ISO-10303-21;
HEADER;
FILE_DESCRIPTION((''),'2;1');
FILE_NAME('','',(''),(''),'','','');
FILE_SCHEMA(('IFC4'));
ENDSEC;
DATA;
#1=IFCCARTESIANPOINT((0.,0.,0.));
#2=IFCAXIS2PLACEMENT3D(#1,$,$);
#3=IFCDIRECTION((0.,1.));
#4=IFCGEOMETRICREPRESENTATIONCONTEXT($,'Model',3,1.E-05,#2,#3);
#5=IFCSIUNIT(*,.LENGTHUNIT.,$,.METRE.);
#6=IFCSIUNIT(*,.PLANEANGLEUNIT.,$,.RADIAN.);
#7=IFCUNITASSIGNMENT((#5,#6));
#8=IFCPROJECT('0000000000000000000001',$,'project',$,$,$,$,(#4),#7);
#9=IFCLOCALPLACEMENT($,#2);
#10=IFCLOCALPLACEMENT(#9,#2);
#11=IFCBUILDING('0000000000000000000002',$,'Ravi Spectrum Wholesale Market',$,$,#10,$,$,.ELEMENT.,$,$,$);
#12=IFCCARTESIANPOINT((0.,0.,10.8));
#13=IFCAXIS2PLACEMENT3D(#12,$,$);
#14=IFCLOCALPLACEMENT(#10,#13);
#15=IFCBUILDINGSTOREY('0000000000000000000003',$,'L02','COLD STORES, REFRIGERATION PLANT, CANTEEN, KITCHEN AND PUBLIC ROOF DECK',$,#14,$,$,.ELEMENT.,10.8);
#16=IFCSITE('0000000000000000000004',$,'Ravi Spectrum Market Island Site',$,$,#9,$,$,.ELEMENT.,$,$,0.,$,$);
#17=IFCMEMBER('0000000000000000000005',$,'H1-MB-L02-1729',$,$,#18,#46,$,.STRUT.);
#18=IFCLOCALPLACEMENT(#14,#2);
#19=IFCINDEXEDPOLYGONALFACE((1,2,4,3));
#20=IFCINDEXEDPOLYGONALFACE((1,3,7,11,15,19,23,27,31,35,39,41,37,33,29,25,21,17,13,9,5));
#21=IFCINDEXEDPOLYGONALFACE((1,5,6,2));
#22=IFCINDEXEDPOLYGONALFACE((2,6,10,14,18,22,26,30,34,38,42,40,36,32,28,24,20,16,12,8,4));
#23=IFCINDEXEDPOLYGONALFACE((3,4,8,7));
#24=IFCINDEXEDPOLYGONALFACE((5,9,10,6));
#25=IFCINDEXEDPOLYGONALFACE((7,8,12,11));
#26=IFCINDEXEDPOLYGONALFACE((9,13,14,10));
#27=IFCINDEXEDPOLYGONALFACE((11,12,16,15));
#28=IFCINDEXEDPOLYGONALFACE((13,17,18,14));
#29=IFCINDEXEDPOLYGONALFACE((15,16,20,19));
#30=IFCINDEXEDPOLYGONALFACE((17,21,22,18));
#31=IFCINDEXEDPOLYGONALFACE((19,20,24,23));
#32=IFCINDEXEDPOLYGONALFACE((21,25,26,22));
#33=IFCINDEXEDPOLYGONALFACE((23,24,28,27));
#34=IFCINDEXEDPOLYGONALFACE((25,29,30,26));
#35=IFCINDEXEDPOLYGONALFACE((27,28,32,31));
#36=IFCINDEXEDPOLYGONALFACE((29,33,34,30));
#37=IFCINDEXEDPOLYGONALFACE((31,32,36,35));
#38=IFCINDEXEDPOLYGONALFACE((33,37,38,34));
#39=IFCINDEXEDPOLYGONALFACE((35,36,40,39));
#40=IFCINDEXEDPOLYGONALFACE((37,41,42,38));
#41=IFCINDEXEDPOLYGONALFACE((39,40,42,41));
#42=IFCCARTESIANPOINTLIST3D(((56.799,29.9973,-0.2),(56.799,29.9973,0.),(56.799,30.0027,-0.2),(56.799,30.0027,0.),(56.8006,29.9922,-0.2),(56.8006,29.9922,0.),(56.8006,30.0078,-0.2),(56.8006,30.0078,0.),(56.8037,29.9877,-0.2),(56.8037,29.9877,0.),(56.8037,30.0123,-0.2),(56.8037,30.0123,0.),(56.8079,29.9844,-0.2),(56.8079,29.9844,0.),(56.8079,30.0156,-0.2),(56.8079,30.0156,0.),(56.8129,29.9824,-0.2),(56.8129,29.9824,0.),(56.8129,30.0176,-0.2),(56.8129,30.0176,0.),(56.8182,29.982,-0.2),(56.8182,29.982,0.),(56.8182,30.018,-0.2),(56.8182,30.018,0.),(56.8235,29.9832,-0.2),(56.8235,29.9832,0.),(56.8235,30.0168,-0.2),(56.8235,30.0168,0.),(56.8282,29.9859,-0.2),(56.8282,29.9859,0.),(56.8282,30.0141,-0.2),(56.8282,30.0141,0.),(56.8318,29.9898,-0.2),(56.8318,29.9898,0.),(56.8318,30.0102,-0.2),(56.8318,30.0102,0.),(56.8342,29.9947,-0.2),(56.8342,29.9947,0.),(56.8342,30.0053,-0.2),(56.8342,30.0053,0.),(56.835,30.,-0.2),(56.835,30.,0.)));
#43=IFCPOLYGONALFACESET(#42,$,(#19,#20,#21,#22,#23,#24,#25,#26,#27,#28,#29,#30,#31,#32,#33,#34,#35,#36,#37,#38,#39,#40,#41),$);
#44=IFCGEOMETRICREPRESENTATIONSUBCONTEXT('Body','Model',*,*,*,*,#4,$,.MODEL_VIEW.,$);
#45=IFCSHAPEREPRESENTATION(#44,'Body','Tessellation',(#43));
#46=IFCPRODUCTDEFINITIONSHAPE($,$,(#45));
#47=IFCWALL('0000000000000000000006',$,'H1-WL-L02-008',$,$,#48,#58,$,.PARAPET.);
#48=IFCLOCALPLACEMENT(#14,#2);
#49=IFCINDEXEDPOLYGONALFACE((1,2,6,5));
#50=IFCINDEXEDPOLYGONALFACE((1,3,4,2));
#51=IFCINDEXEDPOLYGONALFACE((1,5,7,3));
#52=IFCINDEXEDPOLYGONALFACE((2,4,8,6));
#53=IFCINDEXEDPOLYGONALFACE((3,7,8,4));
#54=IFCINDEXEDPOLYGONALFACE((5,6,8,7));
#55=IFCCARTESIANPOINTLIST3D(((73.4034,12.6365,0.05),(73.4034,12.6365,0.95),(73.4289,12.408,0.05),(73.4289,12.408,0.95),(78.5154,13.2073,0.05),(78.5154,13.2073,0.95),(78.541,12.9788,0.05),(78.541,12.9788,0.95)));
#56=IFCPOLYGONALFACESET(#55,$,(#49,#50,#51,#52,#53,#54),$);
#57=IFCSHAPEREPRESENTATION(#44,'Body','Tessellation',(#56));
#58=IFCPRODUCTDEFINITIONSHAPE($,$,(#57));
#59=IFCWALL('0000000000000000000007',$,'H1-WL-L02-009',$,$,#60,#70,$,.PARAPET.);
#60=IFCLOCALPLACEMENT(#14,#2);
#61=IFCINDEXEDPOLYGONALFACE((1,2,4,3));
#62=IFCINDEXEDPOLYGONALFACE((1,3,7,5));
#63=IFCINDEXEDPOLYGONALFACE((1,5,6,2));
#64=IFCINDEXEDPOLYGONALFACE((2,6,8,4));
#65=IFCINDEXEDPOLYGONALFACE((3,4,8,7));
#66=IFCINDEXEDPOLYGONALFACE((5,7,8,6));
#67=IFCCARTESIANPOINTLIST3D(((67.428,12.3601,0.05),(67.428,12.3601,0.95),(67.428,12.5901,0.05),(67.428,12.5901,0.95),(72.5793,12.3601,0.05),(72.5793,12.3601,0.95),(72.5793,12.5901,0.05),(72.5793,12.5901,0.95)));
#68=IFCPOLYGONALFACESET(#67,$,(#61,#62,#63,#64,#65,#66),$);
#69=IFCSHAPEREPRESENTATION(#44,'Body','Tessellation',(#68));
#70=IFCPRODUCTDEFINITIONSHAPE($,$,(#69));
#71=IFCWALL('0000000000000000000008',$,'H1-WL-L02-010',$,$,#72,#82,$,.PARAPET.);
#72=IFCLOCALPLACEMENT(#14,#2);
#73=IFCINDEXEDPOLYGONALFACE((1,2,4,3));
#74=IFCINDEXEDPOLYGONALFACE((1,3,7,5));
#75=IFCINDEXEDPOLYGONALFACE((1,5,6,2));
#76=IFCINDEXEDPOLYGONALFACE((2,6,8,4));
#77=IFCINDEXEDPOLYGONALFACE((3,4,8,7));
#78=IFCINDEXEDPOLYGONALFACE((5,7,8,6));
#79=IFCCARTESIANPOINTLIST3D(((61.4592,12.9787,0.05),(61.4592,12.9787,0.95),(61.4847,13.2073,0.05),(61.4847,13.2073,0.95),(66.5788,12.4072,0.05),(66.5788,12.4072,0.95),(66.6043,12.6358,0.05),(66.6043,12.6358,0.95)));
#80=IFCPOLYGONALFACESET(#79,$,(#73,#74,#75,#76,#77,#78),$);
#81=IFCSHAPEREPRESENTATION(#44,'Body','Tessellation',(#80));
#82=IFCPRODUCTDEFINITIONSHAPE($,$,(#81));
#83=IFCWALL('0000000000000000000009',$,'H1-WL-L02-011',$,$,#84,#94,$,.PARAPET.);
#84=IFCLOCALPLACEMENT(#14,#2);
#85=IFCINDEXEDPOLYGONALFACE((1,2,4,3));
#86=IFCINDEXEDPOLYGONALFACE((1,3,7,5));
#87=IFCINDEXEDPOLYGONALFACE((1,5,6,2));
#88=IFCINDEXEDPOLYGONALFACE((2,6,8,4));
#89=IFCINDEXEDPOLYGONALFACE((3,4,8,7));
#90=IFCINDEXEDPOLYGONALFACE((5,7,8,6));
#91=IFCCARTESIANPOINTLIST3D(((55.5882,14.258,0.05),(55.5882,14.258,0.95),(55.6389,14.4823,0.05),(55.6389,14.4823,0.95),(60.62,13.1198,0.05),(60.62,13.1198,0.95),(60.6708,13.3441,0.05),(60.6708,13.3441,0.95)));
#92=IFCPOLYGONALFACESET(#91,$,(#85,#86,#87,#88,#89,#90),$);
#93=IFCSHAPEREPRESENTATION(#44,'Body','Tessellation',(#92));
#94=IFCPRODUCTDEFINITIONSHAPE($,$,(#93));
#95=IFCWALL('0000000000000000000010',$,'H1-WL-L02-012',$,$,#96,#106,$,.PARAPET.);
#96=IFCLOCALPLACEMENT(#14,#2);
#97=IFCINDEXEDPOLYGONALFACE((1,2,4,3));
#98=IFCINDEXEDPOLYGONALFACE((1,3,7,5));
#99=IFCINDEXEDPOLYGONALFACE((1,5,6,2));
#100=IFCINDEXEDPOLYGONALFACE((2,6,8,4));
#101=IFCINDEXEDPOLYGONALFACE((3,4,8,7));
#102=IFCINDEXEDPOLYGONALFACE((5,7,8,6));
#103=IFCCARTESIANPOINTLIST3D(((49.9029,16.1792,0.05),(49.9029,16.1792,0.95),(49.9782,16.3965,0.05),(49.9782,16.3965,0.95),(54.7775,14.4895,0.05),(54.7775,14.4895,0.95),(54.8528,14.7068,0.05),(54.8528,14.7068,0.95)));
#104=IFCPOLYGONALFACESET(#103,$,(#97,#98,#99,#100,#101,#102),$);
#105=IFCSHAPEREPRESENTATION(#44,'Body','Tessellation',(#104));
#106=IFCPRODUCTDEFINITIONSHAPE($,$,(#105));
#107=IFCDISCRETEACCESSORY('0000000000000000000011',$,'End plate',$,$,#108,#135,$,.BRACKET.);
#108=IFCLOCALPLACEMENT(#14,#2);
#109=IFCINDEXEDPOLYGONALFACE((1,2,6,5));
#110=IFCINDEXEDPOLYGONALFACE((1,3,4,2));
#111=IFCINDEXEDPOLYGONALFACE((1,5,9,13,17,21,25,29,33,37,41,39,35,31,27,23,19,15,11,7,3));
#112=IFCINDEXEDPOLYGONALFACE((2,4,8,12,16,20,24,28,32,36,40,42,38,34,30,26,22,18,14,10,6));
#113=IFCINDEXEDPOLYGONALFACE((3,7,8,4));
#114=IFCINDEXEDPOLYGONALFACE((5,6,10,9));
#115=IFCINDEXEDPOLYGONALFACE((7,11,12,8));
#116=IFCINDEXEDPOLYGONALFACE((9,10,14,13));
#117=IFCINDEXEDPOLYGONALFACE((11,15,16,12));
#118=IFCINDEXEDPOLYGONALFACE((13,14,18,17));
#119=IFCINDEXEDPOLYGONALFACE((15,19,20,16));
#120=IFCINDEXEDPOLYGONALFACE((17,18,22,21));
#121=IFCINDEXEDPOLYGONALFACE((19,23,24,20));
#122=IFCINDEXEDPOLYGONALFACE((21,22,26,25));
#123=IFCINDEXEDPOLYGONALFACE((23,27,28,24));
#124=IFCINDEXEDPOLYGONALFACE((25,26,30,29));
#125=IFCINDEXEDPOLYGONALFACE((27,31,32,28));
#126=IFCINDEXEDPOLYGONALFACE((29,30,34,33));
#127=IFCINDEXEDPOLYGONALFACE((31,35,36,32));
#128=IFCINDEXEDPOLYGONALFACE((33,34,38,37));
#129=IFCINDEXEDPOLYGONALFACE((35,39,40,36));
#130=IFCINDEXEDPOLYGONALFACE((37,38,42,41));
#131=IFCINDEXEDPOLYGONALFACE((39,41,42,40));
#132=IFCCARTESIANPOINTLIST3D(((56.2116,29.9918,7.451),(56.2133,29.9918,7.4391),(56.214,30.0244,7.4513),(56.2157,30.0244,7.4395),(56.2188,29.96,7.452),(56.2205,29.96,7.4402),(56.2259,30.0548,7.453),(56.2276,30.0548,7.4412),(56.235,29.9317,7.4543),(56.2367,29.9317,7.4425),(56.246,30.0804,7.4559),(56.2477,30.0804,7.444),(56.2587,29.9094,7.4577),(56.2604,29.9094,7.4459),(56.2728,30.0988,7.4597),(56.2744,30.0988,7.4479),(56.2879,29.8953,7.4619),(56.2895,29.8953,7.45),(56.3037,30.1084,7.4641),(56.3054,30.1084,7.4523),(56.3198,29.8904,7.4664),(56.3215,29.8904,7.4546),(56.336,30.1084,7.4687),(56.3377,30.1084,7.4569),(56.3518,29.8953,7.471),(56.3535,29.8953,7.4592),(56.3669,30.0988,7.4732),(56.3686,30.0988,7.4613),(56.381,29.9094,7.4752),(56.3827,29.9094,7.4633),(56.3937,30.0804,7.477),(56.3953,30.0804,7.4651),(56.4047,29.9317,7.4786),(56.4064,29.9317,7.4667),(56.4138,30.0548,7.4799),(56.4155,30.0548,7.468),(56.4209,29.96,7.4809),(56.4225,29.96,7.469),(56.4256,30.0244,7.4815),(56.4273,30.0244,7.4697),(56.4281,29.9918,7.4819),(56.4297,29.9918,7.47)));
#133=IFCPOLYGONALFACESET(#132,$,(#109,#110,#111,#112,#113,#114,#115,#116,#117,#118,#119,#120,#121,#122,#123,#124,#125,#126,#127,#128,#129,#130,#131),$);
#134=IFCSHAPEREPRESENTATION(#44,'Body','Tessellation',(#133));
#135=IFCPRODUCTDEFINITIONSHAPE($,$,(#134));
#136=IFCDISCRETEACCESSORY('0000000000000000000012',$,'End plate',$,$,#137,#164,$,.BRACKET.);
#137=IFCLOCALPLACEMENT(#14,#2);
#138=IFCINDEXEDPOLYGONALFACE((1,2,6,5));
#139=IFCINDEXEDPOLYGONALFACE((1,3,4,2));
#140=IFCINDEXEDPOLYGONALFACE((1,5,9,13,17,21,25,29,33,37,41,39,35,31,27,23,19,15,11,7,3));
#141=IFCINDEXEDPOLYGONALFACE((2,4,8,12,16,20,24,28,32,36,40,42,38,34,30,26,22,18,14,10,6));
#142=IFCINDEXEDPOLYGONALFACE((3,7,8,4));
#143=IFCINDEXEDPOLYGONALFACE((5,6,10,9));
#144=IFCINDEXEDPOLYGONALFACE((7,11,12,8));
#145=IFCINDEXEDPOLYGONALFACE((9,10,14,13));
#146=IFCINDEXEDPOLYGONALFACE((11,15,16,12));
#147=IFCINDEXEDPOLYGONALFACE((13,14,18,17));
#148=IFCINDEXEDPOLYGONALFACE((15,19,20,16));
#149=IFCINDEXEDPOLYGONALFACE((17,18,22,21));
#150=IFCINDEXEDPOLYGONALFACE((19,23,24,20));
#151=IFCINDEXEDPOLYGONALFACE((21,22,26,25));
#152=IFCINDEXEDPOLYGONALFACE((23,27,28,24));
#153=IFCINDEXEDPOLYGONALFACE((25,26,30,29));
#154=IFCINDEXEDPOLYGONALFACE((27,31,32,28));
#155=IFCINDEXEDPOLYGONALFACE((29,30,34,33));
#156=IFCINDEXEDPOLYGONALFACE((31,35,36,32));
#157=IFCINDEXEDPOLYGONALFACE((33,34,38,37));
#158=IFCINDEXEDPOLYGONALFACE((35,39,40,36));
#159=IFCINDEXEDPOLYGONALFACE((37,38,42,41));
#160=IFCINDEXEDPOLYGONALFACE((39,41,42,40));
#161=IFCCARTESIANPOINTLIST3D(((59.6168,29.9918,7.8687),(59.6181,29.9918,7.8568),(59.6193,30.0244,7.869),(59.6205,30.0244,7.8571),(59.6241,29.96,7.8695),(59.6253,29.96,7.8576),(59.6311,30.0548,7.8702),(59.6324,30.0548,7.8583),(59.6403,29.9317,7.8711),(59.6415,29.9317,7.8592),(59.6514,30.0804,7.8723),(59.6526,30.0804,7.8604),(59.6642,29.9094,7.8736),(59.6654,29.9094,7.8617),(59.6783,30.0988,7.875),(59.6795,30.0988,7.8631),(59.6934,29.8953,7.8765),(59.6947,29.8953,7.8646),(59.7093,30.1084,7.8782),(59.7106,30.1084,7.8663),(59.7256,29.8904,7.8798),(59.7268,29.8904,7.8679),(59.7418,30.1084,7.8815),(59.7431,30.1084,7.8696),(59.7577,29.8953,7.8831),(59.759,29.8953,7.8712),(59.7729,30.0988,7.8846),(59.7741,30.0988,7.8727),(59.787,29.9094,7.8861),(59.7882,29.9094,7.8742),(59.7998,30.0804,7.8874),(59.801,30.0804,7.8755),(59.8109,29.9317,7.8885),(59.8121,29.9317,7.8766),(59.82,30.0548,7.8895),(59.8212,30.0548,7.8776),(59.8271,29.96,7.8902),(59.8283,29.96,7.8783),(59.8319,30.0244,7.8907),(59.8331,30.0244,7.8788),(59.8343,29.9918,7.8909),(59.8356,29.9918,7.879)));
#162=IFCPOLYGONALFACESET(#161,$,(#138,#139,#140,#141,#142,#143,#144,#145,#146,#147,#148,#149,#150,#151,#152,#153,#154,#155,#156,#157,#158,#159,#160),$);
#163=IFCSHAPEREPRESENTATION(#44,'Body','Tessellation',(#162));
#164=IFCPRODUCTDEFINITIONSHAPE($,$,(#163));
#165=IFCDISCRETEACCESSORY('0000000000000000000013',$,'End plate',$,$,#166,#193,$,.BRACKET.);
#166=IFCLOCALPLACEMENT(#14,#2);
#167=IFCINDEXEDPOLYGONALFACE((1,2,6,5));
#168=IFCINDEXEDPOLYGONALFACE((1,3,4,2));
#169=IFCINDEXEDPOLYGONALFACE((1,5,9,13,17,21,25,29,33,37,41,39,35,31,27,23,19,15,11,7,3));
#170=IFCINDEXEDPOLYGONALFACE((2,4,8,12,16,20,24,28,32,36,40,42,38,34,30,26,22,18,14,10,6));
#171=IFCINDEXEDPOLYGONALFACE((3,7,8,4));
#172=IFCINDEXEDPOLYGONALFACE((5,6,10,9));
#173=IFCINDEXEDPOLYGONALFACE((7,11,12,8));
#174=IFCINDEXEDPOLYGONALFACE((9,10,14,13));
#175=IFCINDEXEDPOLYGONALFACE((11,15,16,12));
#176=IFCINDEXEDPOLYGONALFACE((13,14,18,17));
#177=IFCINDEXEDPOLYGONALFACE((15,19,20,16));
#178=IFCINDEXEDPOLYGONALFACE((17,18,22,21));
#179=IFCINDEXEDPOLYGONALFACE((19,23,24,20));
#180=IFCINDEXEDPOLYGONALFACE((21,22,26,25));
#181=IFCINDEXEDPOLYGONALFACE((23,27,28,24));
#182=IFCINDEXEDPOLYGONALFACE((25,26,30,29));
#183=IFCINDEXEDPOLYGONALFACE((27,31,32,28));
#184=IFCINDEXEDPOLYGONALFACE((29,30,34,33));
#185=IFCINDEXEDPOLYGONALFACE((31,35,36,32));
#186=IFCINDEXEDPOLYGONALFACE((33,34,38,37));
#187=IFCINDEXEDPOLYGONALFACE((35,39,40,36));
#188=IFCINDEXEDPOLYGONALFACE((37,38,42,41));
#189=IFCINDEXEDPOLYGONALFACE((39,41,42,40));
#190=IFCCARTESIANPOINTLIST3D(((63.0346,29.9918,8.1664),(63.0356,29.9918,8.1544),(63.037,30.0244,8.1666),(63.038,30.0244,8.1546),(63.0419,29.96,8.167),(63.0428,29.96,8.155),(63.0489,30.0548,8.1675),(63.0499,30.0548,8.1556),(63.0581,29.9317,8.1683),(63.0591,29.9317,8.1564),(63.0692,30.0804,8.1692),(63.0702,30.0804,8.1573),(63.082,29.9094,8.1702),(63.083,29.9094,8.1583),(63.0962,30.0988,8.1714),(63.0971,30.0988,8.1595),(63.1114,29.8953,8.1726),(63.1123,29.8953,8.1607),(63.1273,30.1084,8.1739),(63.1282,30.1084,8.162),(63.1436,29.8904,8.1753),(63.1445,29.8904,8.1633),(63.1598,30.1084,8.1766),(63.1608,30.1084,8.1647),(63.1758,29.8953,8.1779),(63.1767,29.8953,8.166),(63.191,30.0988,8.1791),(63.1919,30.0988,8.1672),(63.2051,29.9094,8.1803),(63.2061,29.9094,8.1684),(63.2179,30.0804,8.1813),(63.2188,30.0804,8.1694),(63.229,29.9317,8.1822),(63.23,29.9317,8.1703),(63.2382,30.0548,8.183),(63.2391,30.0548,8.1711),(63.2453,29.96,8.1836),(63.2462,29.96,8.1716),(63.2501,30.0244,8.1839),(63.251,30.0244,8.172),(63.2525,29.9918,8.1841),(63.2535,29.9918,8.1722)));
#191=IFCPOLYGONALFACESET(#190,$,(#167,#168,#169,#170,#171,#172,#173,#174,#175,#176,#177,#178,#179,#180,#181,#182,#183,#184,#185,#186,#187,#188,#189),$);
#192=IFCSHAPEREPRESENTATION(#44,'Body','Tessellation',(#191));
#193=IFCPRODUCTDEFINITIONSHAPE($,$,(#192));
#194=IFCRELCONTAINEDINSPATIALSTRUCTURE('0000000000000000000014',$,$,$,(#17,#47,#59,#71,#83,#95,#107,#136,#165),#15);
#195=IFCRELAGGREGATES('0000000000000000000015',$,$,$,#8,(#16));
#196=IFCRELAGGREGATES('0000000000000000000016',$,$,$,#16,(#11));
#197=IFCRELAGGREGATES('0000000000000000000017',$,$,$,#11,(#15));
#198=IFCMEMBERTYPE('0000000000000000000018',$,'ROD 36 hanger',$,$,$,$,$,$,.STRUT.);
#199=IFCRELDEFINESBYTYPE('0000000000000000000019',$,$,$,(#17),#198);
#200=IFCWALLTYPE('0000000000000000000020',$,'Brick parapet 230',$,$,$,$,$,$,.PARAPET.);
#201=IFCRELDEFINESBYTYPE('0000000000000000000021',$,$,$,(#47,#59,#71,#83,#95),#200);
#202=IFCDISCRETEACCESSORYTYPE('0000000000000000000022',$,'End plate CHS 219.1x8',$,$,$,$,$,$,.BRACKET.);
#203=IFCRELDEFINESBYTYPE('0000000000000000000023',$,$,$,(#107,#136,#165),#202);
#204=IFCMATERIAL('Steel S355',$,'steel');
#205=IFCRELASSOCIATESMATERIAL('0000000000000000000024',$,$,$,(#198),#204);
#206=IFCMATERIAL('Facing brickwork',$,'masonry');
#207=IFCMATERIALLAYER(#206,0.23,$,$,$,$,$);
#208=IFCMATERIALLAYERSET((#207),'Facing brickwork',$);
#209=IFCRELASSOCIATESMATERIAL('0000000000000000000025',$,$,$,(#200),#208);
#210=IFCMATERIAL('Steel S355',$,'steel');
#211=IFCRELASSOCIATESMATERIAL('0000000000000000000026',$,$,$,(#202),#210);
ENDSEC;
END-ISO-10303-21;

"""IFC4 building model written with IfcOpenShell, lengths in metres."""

from ifc_helpers import new_model, si_unit, direction, frame, frame_2d, origin, origin_2d, place, context, subcontext, project, spatial, rectangle, circle, extrude, material, layer, layer_set, material_profile, profile_set, type_object, element, save


model = new_model("IFC4")

# Units and contexts
model_context = context("Model", 3, precision=1e-05, world=origin(), true_north=direction((0.0, 1.0)))
body_context = subcontext(model_context, "Body", "Model", "MODEL_VIEW")
ifc_project = project(units=[si_unit("LENGTHUNIT", "METRE"), si_unit("PLANEANGLEUNIT", "RADIAN")], contexts=[model_context])

# Site, building, storey
site_placement = place(None, origin())
site = spatial("IfcSite", under=ifc_project, at=site_placement, Name="Ravi Spectrum Market Island Site", CompositionType="ELEMENT", RefElevation=0.0)
building_placement = place(site_placement, origin())
building = spatial("IfcBuilding", under=site, at=building_placement, Name="Ravi Spectrum Wholesale Market", CompositionType="ELEMENT")
storey_placement = place(building_placement, frame((0.0, 0.0, 10.8)))
storey = spatial("IfcBuildingStorey", under=building, at=storey_placement, Name="L02", Description="COLD STORES, REFRIGERATION PLANT, CANTEEN, KITCHEN AND PUBLIC ROOF DECK", CompositionType="ELEMENT", Elevation=10.8)

# Member
ifc_material_1 = material(Name="Steel S355", Category="steel")
ifc_material_profile_1 = material_profile(ifc_material_1, circle(Radius=0.0181, at=origin_2d()))
ifc_profile_set_1 = profile_set([ifc_material_profile_1], Name="Steel S355")
member_type_1 = type_object("IfcMemberType", Name="ROD 36 hanger", PredefinedType="STRUT", material=ifc_profile_set_1)
member_1_placement = place(storey_placement, frame((56.8169, 30.0, 0.0), z_axis=(0.0, 0.0, -1.0), x_axis=(1.0, 0.0, 0.0)))
element("IfcMember", 1, at=member_1_placement, inside=storey, type_object=member_type_1, Name="H1-MB-L02-1729", PredefinedType="STRUT", context=body_context, shape_type="SweptSolid", body=[
    extrude(circle(Radius=0.0181, at=origin_2d()), origin(), (0.0, 0.0, 1.0), 0.2),
])

# Walls
ifc_material_2 = material(Name="Facing brickwork", Category="masonry")
ifc_layer = layer(ifc_material_2, 0.23)
ifc_layer_set = layer_set([ifc_layer], Name="Facing brickwork")
wall_type = type_object("IfcWallType", Name="Brick parapet 230", PredefinedType="PARAPET", material=ifc_layer_set)
wall_1_placement = place(storey_placement, frame((78.5281, 13.093, 0.05), z_axis=(0.0, 0.0, 1.0), x_axis=(-0.993824, -0.110968, 0.0)))
element("IfcWall", 2, at=wall_1_placement, inside=storey, type_object=wall_type, Name="H1-WL-L02-008", PredefinedType="PARAPET", context=body_context, shape_type="SweptSolid", body=[
    extrude(rectangle(XDim=5.1438, YDim=0.23, at=frame_2d((2.5718, 0.0))), origin(), (0.0, 0.0, 1.0), 0.8999),
])
for number, where, z_axis, x_axis, name in (
    (3, (72.5793, 12.4751, 0.05), (0.0, 0.0, 1.0), (-1.0, 0.0, 0.0), "H1-WL-L02-009"),
    (4, (66.5916, 12.5215, 0.05), (0.0, 0.0, 1.0), (-0.993826, 0.110946, 0.0), "H1-WL-L02-010"),
):
    element("IfcWall", number, at=place(storey_placement, frame(where, z_axis=z_axis, x_axis=x_axis)), inside=storey, type_object=wall_type, Name=name, PredefinedType="PARAPET", context=body_context, shape_type="SweptSolid", body=[
        extrude(rectangle(XDim=5.1514, YDim=0.23, at=frame_2d((2.5757, 0.0))), origin(), (0.0, 0.0, 1.0), 0.8999),
    ])
wall_2_placement = place(storey_placement, frame((60.6455, 13.2319, 0.05), z_axis=(0.0, 0.0, 1.0), x_axis=(-0.975358, 0.220627, 0.0)))
element("IfcWall", 5, at=wall_2_placement, inside=storey, type_object=wall_type, Name="H1-WL-L02-011", PredefinedType="PARAPET", context=body_context, shape_type="SweptSolid", body=[
    extrude(rectangle(XDim=5.1589, YDim=0.23, at=frame_2d((2.5796, 0.0))), origin(), (0.0, 0.0, 1.0), 0.8999),
])
wall_3_placement = place(storey_placement, frame((54.8152, 14.5981, 0.05), z_axis=(0.0, 0.0, 1.0), x_axis=(-0.944844, 0.32752, 0.0)))
element("IfcWall", 6, at=wall_3_placement, inside=storey, type_object=wall_type, Name="H1-WL-L02-012", PredefinedType="PARAPET", context=body_context, shape_type="SweptSolid", body=[
    extrude(rectangle(XDim=5.1592, YDim=0.23, at=frame_2d((2.5796, 0.0))), origin(), (0.0, 0.0, 1.0), 0.8999),
])

# Discrete accessories
ifc_material_3 = material(Name="Steel S355", Category="steel")
ifc_material_profile_2 = material_profile(ifc_material_3, circle(Radius=0.1096, at=origin_2d()))
ifc_profile_set_2 = profile_set([ifc_material_profile_2], Name="Steel S355")
discrete_accessory_type_1 = type_object("IfcDiscreteAccessoryType", Name="End plate CHS 219.1x8", PredefinedType="BRACKET", material=ifc_profile_set_2)
for number, where, z_axis, x_axis, name in (
    (7, (56.3215, 30.0, 7.4546), (-0.141421, 0.0, 0.989949), (0.0, -1.0, 0.0), "End plate"),
    (8, (59.7268, 30.0, 7.8679), (-0.101514, 0.0, 0.994834), (0.0, -1.0, 0.0), "End plate"),
    (9, (63.1445, 30.0, 8.1633), (-0.081362, 0.0, 0.996685), (0.0, -1.0, 0.0), "End plate"),
):
    element("IfcDiscreteAccessory", number, at=place(storey_placement, frame(where, z_axis=z_axis, x_axis=x_axis)), inside=storey, type_object=discrete_accessory_type_1, Name=name, PredefinedType="BRACKET", context=body_context, shape_type="SweptSolid", body=[
        extrude(circle(Radius=0.1096, at=origin_2d()), origin(), (0.0, 0.0, 1.0), 0.012),
    ])

save(model, "model.ifc")
